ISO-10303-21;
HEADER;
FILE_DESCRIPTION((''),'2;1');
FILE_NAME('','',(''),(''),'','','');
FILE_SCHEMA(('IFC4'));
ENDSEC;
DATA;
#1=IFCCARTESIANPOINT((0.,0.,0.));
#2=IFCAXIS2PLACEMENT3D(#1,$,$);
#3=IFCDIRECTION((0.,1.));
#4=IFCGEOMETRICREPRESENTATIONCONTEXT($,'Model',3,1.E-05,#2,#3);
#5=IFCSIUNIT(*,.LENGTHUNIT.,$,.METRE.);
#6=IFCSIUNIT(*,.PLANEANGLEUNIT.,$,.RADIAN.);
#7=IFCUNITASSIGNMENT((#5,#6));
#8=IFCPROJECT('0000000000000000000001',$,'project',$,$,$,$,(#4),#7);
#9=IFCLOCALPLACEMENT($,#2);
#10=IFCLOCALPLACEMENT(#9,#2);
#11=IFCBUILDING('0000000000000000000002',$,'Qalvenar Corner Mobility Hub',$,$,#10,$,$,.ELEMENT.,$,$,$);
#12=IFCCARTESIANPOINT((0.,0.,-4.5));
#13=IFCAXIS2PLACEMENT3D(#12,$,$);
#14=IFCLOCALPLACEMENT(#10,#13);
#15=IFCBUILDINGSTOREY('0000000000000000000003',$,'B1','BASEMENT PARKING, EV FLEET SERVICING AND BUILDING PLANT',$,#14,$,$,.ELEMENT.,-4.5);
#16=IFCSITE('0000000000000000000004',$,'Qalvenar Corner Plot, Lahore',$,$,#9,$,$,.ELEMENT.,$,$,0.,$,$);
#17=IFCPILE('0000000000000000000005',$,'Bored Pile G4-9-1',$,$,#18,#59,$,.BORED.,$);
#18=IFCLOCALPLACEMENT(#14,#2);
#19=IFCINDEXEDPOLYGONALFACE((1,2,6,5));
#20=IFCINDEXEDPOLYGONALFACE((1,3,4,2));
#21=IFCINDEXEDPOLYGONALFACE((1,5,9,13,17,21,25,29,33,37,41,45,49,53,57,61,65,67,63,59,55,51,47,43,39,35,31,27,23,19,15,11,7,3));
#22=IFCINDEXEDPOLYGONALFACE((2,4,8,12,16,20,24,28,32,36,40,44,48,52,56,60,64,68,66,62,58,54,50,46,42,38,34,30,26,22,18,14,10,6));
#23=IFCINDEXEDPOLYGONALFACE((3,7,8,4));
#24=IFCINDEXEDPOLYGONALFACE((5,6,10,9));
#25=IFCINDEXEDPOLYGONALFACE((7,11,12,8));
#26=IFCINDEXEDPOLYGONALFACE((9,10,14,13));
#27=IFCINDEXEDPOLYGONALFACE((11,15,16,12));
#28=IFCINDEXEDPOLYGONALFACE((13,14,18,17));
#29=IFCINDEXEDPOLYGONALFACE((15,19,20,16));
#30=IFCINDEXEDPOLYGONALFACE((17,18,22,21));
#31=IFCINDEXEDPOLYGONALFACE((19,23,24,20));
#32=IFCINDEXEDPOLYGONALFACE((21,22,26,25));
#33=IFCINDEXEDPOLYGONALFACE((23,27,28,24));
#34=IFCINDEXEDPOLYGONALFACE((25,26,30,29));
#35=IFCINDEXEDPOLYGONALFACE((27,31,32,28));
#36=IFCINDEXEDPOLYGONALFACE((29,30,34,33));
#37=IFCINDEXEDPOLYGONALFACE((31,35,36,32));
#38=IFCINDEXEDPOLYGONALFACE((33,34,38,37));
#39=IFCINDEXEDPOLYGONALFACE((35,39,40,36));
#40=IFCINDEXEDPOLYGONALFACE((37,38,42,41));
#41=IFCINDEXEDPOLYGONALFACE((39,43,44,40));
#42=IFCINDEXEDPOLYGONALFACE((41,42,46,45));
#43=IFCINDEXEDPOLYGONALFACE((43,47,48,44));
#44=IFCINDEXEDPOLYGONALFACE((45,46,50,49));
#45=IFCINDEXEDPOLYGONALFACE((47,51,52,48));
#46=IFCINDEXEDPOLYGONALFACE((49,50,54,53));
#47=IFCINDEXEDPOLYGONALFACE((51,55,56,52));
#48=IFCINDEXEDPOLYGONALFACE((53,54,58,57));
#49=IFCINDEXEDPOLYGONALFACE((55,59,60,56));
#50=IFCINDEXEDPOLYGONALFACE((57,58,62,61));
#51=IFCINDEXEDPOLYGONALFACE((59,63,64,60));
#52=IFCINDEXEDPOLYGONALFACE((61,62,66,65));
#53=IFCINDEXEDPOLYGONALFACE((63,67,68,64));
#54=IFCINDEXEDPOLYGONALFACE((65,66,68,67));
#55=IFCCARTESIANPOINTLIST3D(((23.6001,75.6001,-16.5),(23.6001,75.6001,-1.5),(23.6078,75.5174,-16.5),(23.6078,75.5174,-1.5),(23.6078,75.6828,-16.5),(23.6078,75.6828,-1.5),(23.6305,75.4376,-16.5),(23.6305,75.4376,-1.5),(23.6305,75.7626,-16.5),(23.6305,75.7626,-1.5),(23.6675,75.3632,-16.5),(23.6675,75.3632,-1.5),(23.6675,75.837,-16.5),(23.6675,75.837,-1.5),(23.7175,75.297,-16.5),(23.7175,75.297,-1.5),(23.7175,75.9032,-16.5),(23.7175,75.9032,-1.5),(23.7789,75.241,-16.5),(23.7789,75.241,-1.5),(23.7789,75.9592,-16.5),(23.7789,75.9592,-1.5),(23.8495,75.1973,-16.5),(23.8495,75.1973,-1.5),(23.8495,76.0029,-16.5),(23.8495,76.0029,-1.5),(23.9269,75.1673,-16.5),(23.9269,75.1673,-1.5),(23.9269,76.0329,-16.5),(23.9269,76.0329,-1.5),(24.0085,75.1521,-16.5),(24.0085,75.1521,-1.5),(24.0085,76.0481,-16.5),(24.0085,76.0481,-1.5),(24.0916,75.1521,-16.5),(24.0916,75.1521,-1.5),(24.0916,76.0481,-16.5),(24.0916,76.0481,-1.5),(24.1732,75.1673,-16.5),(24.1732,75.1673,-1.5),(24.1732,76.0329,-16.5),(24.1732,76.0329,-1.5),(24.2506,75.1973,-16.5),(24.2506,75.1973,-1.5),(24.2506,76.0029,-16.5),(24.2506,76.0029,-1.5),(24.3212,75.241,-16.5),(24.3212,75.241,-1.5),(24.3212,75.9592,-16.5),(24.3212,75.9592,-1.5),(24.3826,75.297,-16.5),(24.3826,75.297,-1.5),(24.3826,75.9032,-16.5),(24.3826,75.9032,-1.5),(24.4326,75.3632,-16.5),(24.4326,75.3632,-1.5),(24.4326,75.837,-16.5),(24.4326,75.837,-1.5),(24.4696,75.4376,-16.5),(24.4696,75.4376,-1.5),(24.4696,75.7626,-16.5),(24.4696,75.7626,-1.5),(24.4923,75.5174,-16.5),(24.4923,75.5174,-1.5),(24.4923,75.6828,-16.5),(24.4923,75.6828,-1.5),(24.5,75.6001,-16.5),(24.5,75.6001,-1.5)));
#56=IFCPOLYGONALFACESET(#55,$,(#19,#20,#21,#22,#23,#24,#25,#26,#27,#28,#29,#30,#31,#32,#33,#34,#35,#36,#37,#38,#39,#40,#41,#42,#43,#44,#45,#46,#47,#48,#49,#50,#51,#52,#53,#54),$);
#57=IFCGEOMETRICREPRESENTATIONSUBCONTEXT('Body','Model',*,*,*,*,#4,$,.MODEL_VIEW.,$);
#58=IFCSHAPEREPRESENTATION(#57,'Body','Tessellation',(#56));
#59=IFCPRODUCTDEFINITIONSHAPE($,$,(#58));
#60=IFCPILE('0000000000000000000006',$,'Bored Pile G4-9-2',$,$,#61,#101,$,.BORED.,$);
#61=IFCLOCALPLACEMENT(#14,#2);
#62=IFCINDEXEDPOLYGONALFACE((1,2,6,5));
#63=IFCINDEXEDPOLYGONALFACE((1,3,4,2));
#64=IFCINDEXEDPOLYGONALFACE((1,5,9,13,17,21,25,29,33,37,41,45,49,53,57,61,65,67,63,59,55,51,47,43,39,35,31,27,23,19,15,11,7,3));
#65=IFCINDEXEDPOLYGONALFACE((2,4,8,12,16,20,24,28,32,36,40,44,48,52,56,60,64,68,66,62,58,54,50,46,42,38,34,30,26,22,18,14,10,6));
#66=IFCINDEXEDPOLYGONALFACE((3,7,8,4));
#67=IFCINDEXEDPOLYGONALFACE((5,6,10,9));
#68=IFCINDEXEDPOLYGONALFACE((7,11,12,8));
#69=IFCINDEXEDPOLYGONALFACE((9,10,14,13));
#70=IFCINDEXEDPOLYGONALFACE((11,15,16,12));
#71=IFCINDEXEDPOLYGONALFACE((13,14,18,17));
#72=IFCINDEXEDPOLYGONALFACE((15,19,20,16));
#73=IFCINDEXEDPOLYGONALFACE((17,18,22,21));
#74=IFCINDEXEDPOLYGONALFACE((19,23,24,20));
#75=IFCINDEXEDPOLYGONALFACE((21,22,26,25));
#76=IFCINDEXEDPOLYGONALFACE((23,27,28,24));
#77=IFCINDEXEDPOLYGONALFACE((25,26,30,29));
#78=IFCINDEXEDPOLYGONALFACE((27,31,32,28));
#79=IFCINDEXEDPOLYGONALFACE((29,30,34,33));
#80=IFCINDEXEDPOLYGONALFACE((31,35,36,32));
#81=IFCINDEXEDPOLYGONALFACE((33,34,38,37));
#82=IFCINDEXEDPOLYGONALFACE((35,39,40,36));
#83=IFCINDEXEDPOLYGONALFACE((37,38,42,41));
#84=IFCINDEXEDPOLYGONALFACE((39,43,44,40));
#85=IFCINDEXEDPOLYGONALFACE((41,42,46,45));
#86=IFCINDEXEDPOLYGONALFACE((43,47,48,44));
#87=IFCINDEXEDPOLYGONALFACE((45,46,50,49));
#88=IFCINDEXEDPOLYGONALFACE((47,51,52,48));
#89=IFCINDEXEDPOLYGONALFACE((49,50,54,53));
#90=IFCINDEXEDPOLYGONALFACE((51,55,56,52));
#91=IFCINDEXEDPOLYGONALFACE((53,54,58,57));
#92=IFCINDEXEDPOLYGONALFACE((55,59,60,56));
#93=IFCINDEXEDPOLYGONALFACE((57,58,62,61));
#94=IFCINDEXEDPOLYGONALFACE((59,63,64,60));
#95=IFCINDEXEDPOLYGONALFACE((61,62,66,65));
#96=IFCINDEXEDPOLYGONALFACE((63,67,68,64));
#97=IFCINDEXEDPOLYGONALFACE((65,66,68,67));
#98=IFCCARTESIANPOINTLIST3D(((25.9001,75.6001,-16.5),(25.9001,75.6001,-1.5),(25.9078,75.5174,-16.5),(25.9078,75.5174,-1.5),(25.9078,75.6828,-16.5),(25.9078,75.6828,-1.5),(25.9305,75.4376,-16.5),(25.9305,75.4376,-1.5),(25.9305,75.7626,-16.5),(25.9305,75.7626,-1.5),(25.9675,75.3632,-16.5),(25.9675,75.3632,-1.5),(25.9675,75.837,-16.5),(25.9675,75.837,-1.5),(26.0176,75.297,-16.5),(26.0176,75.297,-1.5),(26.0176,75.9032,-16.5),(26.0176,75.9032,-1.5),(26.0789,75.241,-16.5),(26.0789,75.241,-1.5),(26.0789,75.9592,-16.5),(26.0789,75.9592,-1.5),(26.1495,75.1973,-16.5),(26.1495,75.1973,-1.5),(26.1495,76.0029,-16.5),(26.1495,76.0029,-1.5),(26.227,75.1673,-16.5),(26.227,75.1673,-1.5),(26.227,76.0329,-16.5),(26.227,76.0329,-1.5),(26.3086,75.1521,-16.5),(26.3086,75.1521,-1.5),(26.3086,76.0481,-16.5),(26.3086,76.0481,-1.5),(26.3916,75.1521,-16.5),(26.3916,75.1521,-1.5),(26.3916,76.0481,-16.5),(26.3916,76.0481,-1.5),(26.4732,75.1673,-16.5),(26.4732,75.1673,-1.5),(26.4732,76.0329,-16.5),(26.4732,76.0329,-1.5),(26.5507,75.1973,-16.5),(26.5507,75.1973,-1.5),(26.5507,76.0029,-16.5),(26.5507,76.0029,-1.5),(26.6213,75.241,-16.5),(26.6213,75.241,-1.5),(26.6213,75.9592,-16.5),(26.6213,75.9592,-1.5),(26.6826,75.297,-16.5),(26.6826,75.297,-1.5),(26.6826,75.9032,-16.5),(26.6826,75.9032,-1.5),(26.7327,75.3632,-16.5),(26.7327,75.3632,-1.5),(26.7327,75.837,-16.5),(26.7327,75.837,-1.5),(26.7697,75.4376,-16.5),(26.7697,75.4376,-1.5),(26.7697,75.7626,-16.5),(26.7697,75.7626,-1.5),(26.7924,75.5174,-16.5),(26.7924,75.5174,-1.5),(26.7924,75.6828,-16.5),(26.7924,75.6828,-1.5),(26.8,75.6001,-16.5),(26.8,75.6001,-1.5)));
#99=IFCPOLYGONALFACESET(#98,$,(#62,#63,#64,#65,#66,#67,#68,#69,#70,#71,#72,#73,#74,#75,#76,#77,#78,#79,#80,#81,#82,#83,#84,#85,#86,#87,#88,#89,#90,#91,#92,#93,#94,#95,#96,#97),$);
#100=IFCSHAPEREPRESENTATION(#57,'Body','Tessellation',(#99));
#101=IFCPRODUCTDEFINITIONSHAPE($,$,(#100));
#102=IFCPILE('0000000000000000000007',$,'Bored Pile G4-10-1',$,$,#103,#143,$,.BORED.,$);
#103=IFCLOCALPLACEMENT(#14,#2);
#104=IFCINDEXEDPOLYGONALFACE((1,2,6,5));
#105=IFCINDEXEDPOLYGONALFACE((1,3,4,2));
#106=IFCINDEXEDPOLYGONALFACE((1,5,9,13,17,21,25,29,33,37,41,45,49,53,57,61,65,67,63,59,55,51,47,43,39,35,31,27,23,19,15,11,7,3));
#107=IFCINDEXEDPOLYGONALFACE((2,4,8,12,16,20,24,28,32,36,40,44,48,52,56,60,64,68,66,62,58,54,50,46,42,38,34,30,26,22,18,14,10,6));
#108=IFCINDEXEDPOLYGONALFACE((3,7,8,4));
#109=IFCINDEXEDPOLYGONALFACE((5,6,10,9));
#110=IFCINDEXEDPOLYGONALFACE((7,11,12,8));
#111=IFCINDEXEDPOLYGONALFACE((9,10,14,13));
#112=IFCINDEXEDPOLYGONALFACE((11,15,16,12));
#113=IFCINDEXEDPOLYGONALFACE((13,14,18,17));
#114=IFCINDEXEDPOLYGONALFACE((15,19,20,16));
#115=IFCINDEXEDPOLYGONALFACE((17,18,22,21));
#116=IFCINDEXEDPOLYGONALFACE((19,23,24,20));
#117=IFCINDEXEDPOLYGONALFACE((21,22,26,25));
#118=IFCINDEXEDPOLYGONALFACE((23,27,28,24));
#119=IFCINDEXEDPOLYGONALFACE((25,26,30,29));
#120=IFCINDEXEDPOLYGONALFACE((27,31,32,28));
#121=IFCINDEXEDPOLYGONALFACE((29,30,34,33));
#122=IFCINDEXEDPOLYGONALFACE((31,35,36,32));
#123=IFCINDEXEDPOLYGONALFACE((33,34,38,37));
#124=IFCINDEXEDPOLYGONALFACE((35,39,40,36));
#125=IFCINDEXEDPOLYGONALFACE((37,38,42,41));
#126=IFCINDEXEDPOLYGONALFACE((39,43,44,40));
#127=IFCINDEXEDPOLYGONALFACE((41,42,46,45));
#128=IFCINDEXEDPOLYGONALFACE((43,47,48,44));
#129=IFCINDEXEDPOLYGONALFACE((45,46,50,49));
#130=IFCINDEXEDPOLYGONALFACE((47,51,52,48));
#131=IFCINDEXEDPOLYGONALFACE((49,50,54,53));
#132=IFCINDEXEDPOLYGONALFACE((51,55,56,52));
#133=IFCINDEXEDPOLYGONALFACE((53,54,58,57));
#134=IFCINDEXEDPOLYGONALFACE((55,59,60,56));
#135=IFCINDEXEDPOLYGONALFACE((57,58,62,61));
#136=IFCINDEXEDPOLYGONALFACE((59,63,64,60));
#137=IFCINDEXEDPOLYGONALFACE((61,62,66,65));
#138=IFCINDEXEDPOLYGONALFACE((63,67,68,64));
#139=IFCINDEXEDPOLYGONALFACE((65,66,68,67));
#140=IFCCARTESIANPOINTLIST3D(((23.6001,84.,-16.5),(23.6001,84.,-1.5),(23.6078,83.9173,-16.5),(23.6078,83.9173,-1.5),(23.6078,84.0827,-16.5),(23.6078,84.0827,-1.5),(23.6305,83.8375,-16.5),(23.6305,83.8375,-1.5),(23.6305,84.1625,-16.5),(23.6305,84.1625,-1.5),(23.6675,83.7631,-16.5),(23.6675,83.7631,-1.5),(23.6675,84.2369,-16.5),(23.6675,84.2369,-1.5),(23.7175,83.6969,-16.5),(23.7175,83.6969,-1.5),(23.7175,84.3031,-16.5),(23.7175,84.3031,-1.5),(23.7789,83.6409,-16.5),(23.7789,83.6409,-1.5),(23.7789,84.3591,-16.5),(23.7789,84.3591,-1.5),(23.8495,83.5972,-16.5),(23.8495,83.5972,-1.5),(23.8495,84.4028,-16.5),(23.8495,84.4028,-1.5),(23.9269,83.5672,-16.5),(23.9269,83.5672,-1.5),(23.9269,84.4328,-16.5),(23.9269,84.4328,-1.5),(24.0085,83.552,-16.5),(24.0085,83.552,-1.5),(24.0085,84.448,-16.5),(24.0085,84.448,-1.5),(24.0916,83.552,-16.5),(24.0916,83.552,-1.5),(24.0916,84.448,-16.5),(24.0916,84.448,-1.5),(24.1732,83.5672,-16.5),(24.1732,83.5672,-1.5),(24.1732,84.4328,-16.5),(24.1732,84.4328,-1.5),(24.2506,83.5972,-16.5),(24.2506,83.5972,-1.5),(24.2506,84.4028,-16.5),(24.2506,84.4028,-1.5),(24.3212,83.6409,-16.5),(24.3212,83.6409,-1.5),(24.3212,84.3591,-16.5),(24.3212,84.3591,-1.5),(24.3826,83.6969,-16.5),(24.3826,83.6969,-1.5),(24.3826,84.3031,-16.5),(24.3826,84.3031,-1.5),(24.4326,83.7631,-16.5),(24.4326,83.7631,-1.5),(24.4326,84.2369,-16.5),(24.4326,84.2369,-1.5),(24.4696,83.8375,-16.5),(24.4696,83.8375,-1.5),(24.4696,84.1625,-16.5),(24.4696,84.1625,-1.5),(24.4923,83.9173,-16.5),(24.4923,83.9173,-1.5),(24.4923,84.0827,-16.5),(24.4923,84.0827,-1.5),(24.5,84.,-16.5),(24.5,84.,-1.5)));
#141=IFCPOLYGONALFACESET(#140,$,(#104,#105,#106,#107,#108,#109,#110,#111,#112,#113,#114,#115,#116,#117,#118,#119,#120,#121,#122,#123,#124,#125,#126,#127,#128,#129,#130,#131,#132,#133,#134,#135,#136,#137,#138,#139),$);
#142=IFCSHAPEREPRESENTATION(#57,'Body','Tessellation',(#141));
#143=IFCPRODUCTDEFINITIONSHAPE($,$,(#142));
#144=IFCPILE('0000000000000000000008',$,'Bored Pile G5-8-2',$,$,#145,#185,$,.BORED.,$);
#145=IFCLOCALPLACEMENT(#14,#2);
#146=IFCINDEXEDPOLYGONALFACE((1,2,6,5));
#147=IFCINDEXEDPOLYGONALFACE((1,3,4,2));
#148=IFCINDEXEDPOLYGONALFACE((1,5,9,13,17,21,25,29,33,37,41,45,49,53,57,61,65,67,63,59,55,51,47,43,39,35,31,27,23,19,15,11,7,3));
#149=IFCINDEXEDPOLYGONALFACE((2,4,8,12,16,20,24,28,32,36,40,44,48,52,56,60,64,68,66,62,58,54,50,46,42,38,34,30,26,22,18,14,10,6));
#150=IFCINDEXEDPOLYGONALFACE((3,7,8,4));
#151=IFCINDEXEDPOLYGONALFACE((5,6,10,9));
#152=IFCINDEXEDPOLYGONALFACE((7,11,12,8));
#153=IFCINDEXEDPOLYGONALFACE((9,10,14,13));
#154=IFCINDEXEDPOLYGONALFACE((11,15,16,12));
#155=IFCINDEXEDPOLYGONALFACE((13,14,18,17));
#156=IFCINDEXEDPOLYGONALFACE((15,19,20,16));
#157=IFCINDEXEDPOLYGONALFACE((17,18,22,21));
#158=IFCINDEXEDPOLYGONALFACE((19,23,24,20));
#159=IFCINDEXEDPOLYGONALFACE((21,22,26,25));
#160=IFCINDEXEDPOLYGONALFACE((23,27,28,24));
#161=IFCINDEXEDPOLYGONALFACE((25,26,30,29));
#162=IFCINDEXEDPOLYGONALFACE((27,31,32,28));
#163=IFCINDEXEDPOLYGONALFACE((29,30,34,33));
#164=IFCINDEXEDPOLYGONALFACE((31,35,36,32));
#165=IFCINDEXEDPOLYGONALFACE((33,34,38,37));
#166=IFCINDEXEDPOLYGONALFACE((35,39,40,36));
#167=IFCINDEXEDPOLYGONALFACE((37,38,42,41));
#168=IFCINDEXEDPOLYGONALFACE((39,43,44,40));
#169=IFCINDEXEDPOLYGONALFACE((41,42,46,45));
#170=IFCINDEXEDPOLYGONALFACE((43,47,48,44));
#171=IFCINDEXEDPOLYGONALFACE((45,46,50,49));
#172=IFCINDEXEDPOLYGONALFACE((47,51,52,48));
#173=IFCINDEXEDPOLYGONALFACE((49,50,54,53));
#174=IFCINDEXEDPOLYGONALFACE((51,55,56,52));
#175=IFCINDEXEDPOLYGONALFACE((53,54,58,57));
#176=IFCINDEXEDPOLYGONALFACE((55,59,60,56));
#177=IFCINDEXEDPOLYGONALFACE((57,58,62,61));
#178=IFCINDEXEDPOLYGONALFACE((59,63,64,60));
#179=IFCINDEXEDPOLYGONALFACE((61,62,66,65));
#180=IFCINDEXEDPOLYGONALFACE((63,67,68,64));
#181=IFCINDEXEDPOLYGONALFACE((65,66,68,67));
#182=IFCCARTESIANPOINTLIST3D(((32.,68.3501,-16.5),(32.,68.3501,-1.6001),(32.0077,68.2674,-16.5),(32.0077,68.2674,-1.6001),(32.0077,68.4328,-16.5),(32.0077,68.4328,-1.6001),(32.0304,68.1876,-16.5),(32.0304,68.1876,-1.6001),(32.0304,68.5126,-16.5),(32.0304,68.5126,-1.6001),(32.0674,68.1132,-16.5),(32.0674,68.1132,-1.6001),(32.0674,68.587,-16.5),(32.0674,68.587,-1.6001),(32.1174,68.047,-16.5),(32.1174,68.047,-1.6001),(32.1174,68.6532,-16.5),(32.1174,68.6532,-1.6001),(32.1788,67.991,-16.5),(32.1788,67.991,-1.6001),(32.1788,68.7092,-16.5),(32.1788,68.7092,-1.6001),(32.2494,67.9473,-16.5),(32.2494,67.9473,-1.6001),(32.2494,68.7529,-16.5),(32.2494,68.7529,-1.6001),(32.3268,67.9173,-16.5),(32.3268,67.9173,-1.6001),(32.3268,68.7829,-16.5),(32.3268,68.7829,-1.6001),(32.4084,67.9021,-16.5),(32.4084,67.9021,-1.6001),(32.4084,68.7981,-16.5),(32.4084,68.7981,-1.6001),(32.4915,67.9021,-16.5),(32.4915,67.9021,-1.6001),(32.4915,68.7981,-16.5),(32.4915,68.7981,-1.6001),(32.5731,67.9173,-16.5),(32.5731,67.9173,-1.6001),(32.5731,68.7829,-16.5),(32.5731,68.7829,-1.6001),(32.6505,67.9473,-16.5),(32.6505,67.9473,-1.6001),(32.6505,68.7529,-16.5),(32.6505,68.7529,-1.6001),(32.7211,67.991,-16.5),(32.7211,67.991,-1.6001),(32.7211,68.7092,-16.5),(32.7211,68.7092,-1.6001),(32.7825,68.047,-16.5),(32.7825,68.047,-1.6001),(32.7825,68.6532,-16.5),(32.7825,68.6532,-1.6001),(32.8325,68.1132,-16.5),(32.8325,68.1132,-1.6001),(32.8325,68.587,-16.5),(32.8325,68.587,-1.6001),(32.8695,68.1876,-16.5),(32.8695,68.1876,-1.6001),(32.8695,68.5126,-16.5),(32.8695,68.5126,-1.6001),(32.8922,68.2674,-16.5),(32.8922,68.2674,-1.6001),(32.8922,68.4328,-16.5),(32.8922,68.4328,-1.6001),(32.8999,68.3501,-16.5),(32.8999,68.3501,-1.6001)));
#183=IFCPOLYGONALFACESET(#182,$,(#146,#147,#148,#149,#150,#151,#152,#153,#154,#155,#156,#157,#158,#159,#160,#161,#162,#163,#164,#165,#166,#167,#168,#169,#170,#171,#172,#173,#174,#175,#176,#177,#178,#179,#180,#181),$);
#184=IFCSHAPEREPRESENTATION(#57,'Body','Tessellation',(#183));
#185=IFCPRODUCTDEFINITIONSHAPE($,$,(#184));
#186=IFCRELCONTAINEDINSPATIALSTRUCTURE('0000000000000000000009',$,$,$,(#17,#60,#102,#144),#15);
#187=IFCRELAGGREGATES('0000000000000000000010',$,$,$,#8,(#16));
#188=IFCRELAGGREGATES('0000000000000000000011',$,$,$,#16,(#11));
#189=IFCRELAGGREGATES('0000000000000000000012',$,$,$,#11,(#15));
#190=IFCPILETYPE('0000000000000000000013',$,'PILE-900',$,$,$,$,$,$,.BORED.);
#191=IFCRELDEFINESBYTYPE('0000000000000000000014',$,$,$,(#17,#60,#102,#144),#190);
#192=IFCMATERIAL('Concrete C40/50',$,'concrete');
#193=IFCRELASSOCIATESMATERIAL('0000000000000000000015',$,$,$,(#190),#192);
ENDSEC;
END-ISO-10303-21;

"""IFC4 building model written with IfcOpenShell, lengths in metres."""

from ifc_helpers import new_model, si_unit, direction, frame, origin, origin_2d, place, context, subcontext, project, spatial, circle, extrude, material, material_profile, profile_set, type_object, element, save


model = new_model("IFC4")

# Units and contexts
model_context = context("Model", 3, precision=1e-05, world=origin(), true_north=direction((0.0, 1.0)))
body_context = subcontext(model_context, "Body", "Model", "MODEL_VIEW")
ifc_project = project(units=[si_unit("LENGTHUNIT", "METRE"), si_unit("PLANEANGLEUNIT", "RADIAN")], contexts=[model_context])

# Site, building, storey
site_placement = place(None, origin())
site = spatial("IfcSite", under=ifc_project, at=site_placement, Name="Qalvenar Corner Plot, Lahore", CompositionType="ELEMENT", RefElevation=0.0)
building_placement = place(site_placement, origin())
building = spatial("IfcBuilding", under=site, at=building_placement, Name="Qalvenar Corner Mobility Hub", CompositionType="ELEMENT")
storey_placement = place(building_placement, frame((0.0, 0.0, -4.5)))
storey = spatial("IfcBuildingStorey", under=building, at=storey_placement, Name="B1", Description="BASEMENT PARKING, EV FLEET SERVICING AND BUILDING PLANT", CompositionType="ELEMENT", Elevation=-4.5)

# Shared definitions
ifc_material_1 = material(Name="Concrete C40/50", Category="concrete")

# Piles
ifc_material_profile_1 = material_profile(ifc_material_1, circle(Radius=0.45, at=origin_2d()), Name="DIA900")
ifc_profile_set_1 = profile_set([ifc_material_profile_1], Name="Concrete C40/50")
pile_type = type_object("IfcPileType", Name="PILE-900", PredefinedType="BORED", material=ifc_profile_set_1)
for number, where, z_axis, x_axis, name in (
    (1, (24.05, 75.6001, -1.5), (0.0, 0.0, -1.0), (1.0, 0.0, 0.0), "Bored Pile G4-9-1"),
    (2, (26.3501, 75.6001, -1.5), (0.0, 0.0, -1.0), (1.0, 0.0, 0.0), "Bored Pile G4-9-2"),
    (3, (24.05, 84.0, -1.5), (0.0, 0.0, -1.0), (1.0, 0.0, 0.0), "Bored Pile G4-10-1"),
):
    element("IfcPile", number, at=place(storey_placement, frame(where, z_axis=z_axis, x_axis=x_axis)), inside=storey, type_object=pile_type, Name=name, PredefinedType="BORED", context=body_context, shape_type="SweptSolid", body=[
        extrude(circle(Radius=0.45, at=origin_2d()), origin(), (0.0, 0.0, 1.0), 15.0),
    ])
for number, where, z_axis, x_axis, name in (
    (4, (32.45, 68.3501, -1.6001), (0.0, 0.0, -1.0), (1.0, 0.0, 0.0), "Bored Pile G5-8-2"),
):
    element("IfcPile", number, at=place(storey_placement, frame(where, z_axis=z_axis, x_axis=x_axis)), inside=storey, type_object=pile_type, Name=name, PredefinedType="BORED", context=body_context, shape_type="SweptSolid", body=[
        extrude(circle(Radius=0.45, at=origin_2d()), origin(), (0.0, 0.0, 1.0), 14.8999),
    ])

save(model, "model.ifc")
